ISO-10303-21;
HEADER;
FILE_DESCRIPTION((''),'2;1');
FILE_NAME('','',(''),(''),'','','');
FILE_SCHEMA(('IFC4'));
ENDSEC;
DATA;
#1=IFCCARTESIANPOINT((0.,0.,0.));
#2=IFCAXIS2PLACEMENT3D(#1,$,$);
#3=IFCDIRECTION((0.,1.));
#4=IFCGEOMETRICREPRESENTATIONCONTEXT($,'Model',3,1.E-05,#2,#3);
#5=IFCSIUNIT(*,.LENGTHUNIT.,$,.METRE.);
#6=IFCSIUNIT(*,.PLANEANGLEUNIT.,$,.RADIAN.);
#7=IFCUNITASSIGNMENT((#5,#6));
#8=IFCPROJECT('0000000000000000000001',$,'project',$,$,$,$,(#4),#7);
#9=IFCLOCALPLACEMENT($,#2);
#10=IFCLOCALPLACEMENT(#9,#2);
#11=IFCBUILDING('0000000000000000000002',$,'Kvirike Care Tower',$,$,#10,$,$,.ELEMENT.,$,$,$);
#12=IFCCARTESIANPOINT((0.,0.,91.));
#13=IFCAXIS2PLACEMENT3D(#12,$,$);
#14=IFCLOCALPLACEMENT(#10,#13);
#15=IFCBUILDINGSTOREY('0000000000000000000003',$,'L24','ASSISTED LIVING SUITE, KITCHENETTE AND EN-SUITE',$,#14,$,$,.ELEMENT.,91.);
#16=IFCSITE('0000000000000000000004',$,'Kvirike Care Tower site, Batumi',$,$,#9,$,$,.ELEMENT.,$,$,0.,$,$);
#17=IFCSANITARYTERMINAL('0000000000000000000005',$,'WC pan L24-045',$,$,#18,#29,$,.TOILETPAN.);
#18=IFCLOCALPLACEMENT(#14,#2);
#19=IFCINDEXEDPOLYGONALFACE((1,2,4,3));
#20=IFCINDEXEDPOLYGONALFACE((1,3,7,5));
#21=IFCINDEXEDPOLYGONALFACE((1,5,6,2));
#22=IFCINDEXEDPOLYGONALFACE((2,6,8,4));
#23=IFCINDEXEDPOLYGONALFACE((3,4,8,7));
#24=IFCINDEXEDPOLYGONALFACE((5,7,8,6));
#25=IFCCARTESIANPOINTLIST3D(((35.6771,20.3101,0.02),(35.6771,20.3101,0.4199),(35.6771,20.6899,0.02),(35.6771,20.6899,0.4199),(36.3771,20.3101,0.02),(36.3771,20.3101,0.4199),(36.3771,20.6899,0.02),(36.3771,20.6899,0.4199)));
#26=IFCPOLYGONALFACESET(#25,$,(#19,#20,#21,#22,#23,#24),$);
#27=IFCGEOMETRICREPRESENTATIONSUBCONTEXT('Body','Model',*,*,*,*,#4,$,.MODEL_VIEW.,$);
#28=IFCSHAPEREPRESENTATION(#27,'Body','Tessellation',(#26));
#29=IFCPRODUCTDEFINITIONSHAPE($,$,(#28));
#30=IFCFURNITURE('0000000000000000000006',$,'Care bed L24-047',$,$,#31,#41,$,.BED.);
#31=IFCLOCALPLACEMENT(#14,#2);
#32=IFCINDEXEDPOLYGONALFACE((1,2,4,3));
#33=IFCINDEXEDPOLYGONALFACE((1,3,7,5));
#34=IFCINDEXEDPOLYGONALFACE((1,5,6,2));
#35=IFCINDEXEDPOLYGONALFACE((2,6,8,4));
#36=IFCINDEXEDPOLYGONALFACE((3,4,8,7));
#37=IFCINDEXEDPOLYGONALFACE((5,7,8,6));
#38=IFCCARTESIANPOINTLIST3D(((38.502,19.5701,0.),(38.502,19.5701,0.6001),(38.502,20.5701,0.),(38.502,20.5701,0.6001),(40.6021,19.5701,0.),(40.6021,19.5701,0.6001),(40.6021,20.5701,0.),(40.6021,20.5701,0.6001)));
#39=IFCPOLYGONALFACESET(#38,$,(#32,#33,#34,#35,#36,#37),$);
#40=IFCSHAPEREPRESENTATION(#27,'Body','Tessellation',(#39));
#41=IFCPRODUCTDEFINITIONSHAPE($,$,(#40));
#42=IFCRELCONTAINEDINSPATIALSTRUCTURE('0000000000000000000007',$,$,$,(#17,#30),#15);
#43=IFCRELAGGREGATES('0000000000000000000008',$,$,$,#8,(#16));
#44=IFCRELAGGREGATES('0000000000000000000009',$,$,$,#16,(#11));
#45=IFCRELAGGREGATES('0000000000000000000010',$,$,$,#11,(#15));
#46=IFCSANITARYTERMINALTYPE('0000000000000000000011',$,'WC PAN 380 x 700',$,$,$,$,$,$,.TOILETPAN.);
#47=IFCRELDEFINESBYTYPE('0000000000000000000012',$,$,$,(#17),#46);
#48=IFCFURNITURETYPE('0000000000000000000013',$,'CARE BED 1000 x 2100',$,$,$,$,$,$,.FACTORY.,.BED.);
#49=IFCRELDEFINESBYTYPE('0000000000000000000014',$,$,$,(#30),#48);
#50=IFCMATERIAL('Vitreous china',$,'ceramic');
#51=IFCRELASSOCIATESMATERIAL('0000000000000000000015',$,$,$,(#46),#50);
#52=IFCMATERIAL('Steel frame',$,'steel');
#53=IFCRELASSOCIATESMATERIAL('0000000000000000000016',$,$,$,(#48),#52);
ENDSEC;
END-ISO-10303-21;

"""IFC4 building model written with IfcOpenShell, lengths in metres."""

from ifc_helpers import new_model, si_unit, direction, frame, origin, origin_2d, place, context, subcontext, project, spatial, rectangle, extrude, material, type_object, element, save


model = new_model("IFC4")

# Units and contexts
model_context = context("Model", 3, precision=1e-05, world=origin(), true_north=direction((0.0, 1.0)))
body_context = subcontext(model_context, "Body", "Model", "MODEL_VIEW")
ifc_project = project(units=[si_unit("LENGTHUNIT", "METRE"), si_unit("PLANEANGLEUNIT", "RADIAN")], contexts=[model_context])

# Site, building, storey
site_placement = place(None, origin())
site = spatial("IfcSite", under=ifc_project, at=site_placement, Name="Kvirike Care Tower site, Batumi", CompositionType="ELEMENT", RefElevation=0.0)
building_placement = place(site_placement, origin())
building = spatial("IfcBuilding", under=site, at=building_placement, Name="Kvirike Care Tower", CompositionType="ELEMENT")
storey_placement = place(building_placement, frame((0.0, 0.0, 91.0)))
storey = spatial("IfcBuildingStorey", under=building, at=storey_placement, Name="L24", Description="ASSISTED LIVING SUITE, KITCHENETTE AND EN-SUITE", CompositionType="ELEMENT", Elevation=91.0)

# Sanitary terminal
ifc_material_1 = material(Name="Vitreous china", Category="ceramic")
sanitary_terminal_type_1 = type_object("IfcSanitaryTerminalType", Name="WC PAN 380 x 700", PredefinedType="TOILETPAN", material=ifc_material_1)
sanitary_terminal_1_placement = place(storey_placement, frame((36.0271, 20.5, 0.02), z_axis=(0.0, 0.0, 1.0), x_axis=(0.0, 1.0, 0.0)))
element("IfcSanitaryTerminal", 1, at=sanitary_terminal_1_placement, inside=storey, type_object=sanitary_terminal_type_1, Name="WC pan L24-045", PredefinedType="TOILETPAN", context=body_context, shape_type="SweptSolid", body=[
    extrude(rectangle(XDim=0.3799, YDim=0.7, at=origin_2d()), origin(), (0.0, 0.0, 1.0), 0.3999),
])

# Furniture
ifc_material_2 = material(Name="Steel frame", Category="steel")
furniture_type = type_object("IfcFurnitureType", Name="CARE BED 1000 x 2100", AssemblyPlace="FACTORY", PredefinedType="BED", material=ifc_material_2)
furniture_placement = place(storey_placement, frame((39.552, 20.0701, 0.0), z_axis=(0.0, 0.0, 1.0), x_axis=(0.0, 1.0, 0.0)))
element("IfcFurniture", 2, at=furniture_placement, inside=storey, type_object=furniture_type, Name="Care bed L24-047", PredefinedType="BED", context=body_context, shape_type="SweptSolid", body=[
    extrude(rectangle(XDim=1.0, YDim=2.1001, at=origin_2d()), origin(), (0.0, 0.0, 1.0), 0.6001),
])

save(model, "model.ifc")
